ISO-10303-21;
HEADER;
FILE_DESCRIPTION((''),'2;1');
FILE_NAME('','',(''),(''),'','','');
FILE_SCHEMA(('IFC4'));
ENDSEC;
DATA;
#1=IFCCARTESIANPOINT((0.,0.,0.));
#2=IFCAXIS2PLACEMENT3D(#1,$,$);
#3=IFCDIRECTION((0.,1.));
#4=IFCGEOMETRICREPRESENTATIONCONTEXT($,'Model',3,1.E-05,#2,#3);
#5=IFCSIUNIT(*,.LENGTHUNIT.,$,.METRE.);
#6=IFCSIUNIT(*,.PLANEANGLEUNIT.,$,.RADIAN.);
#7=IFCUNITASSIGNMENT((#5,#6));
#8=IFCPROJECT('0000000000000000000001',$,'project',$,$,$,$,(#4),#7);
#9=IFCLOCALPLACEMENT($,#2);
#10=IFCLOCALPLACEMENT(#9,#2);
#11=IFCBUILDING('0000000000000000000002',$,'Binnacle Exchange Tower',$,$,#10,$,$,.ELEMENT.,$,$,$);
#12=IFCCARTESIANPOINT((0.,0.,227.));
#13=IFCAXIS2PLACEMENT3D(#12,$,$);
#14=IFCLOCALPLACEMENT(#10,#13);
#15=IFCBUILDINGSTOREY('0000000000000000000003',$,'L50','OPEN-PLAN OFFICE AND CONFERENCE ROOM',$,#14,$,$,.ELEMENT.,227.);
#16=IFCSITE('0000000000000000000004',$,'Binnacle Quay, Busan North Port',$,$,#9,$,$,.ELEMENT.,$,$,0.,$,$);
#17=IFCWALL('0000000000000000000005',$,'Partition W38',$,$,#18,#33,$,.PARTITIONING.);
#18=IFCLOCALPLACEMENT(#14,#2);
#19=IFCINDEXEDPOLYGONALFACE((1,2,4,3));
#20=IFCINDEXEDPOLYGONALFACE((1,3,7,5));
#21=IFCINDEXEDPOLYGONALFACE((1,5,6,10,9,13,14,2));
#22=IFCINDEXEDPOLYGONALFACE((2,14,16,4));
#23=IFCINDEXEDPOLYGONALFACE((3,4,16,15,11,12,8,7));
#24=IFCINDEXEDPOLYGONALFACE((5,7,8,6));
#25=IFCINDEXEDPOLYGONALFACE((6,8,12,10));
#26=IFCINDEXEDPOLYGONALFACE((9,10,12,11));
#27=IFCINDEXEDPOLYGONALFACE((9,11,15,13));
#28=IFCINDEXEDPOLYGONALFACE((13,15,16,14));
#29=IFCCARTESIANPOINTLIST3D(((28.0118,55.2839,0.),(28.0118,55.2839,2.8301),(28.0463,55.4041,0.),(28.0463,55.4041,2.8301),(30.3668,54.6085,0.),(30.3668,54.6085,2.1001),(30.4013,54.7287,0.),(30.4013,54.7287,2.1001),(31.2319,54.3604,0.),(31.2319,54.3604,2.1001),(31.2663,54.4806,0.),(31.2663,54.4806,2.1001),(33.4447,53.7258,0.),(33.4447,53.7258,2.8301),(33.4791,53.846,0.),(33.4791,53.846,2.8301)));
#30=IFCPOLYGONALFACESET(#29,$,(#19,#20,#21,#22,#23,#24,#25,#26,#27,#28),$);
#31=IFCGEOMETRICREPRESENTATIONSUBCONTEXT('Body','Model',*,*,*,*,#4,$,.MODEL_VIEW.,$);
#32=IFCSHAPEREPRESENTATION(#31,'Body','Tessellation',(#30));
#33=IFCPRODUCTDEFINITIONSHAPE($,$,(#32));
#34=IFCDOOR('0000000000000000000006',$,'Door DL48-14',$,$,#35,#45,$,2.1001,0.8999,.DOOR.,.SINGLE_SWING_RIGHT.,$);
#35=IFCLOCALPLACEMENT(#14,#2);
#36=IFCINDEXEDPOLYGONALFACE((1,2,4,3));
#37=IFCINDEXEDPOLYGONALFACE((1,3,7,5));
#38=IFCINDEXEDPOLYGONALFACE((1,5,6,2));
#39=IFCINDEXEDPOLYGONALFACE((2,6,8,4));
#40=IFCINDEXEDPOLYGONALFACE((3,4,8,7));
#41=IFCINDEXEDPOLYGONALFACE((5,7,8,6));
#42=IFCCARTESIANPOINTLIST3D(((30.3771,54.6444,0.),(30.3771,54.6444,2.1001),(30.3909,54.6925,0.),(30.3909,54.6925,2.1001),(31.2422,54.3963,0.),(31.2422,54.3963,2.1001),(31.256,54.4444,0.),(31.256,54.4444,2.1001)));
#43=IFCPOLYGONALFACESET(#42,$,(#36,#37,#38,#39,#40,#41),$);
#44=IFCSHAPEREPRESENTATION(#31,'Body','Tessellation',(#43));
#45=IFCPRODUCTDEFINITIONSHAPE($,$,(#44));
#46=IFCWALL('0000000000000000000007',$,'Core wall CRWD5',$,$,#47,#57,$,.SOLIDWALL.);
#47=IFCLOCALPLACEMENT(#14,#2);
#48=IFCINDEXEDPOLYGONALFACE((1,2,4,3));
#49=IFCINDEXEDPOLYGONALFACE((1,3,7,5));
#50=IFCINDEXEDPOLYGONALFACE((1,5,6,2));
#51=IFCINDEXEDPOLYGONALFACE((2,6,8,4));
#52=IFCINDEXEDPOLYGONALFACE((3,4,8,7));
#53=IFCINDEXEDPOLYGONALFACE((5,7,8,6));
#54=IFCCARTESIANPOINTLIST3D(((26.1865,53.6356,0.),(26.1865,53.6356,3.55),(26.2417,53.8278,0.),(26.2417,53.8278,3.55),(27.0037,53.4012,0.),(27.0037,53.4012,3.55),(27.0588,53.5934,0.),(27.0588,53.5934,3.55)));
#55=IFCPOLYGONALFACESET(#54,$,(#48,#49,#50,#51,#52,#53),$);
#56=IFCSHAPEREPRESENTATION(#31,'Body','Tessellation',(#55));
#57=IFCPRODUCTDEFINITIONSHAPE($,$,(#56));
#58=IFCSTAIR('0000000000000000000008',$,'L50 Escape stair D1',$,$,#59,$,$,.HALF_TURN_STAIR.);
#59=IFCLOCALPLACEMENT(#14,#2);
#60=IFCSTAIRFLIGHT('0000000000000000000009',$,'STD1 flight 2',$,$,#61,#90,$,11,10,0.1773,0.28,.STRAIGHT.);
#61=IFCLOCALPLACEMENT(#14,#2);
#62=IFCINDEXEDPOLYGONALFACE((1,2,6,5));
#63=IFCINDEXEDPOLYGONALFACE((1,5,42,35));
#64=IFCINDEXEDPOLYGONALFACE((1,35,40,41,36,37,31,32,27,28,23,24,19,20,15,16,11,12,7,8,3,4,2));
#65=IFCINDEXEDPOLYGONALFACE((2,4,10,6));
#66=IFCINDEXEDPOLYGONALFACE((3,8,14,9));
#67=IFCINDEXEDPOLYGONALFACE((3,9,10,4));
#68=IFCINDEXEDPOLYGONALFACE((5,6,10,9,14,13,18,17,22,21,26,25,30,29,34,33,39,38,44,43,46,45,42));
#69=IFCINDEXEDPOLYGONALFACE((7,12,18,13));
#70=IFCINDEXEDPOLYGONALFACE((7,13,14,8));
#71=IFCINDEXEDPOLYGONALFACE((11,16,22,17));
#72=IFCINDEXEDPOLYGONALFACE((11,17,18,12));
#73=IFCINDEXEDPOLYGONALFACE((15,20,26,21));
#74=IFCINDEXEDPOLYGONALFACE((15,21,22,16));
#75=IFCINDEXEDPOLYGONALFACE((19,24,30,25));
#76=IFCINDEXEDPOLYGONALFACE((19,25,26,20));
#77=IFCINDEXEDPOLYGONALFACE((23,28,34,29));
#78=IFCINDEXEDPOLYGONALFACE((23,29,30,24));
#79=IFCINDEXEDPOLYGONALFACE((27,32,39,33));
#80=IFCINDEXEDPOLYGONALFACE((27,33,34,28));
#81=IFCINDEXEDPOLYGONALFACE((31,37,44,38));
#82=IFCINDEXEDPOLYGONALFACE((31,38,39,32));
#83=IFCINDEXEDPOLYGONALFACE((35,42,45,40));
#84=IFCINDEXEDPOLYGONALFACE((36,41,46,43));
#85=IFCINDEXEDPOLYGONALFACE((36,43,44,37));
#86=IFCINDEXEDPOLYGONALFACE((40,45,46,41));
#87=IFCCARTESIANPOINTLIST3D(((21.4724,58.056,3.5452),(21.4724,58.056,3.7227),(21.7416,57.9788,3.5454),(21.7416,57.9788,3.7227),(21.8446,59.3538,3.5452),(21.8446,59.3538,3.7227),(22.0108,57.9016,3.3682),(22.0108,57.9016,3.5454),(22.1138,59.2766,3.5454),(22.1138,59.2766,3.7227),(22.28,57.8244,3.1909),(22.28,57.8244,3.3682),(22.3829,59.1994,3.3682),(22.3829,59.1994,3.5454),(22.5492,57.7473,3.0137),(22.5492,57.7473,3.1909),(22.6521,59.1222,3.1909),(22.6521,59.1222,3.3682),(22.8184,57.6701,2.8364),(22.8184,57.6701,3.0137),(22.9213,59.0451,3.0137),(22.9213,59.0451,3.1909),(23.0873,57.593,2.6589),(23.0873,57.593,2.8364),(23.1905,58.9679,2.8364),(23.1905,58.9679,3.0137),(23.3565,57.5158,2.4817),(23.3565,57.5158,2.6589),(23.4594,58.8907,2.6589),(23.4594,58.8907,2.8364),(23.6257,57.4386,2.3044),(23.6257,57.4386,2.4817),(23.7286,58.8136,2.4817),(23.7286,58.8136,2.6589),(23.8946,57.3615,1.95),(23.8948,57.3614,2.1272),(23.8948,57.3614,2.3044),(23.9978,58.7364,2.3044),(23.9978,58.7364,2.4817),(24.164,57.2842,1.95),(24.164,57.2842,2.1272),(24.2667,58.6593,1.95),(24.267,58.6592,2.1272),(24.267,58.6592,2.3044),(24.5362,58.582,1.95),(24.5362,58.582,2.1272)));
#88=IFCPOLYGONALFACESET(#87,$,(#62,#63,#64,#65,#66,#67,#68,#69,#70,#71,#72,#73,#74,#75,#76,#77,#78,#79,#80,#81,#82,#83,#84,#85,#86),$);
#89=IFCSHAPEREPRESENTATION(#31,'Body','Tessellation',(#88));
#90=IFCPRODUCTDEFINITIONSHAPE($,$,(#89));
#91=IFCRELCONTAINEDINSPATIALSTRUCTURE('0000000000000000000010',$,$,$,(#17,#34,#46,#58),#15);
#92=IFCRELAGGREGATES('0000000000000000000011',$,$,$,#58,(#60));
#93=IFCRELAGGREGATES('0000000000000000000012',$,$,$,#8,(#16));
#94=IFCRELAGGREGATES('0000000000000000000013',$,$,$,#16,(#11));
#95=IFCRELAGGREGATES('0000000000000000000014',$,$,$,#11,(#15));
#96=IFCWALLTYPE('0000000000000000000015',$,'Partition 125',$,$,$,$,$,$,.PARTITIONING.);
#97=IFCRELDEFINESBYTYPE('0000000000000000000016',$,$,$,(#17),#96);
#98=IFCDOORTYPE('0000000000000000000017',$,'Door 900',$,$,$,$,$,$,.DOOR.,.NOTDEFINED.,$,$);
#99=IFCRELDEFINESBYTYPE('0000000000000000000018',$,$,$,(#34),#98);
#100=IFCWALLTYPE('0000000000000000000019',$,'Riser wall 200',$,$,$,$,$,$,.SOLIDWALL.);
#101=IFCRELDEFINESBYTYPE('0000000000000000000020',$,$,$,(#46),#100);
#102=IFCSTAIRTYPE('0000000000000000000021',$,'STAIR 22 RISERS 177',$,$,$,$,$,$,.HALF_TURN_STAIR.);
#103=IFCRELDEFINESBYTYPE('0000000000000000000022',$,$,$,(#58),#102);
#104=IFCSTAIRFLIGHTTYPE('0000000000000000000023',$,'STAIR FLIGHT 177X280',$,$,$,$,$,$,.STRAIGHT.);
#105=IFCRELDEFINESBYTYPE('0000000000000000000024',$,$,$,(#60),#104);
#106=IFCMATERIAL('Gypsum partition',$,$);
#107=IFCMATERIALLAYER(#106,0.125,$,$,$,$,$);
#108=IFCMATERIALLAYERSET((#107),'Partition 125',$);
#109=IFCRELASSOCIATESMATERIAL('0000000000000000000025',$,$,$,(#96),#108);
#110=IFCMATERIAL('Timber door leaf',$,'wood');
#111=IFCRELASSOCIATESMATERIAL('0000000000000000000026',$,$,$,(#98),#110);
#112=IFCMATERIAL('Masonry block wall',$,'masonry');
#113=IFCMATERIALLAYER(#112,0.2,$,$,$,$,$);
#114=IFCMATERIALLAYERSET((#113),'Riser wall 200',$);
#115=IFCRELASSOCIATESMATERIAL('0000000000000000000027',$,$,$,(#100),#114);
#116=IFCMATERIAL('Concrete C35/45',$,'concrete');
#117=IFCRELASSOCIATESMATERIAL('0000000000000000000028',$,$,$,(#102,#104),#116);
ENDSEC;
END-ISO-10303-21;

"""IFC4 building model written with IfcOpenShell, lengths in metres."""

from ifc_helpers import new_model, si_unit, direction, frame, frame_2d, origin, place, context, subcontext, project, spatial, polyline, rectangle, outline, extrude, material, layer, layer_set, type_object, element, fill, aggregate, save


model = new_model("IFC4")

# Units and contexts
model_context = context("Model", 3, precision=1e-05, world=origin(), true_north=direction((0.0, 1.0)))
body_context = subcontext(model_context, "Body", "Model", "MODEL_VIEW")
ifc_project = project(units=[si_unit("LENGTHUNIT", "METRE"), si_unit("PLANEANGLEUNIT", "RADIAN")], contexts=[model_context])

# Site, building, storey
site_placement = place(None, origin())
site = spatial("IfcSite", under=ifc_project, at=site_placement, Name="Binnacle Quay, Busan North Port", CompositionType="ELEMENT", RefElevation=0.0)
building_placement = place(site_placement, origin())
building = spatial("IfcBuilding", under=site, at=building_placement, Name="Binnacle Exchange Tower", CompositionType="ELEMENT")
storey_placement = place(building_placement, frame((0.0, 0.0, 227.0)))
storey = spatial("IfcBuildingStorey", under=building, at=storey_placement, Name="L50", Description="OPEN-PLAN OFFICE AND CONFERENCE ROOM", CompositionType="ELEMENT", Elevation=227.0)

# Wall, opening, door
ifc_material_1 = material(Name="Gypsum partition")
ifc_layer_1 = layer(ifc_material_1, 0.125)
ifc_layer_set_1 = layer_set([ifc_layer_1], Name="Partition 125")
wall_type_1 = type_object("IfcWallType", Name="Partition 125", PredefinedType="PARTITIONING", material=ifc_layer_set_1)
wall_1_placement = place(storey_placement, frame((28.0291, 55.344, 0.0), z_axis=(0.0, 0.0, 1.0), x_axis=(0.96125, -0.275679, 0.0)))
wall_1 = element("IfcWall", 1, at=wall_1_placement, inside=storey, type_object=wall_type_1, Name="Partition W38", PredefinedType="PARTITIONING", context=body_context, shape_type="SweptSolid", body=[
    extrude(rectangle(XDim=5.6519, YDim=0.125, at=frame_2d((2.8259, 0.0))), origin(), (0.0, 0.0, 1.0), 2.8301),
])
opening_1_placement = place(wall_1_placement, frame((2.45, 0.0, 0.0)))
opening_1 = element("IfcOpeningElement", 2, at=opening_1_placement, cuts=wall_1, PredefinedType="OPENING", context=body_context, shape_type="SweptSolid", body=[
    extrude(rectangle(XDim=0.8999, YDim=2.1001, at=frame_2d((0.45, 1.05))), frame((0.0, 0.0725, 0.0), z_axis=(0.0, -1.0, 0.0), x_axis=(1.0, 0.0, 0.0)), (0.0, 0.0, 1.0), 0.145),
])
ifc_material_2 = material(Name="Timber door leaf", Category="wood")
door_type = type_object("IfcDoorType", Name="Door 900", OperationType="NOTDEFINED", PredefinedType="DOOR", material=ifc_material_2)
door_placement = place(opening_1_placement, origin())
door = element("IfcDoor", 3, at=door_placement, inside=storey, type_object=door_type, Name="Door DL48-14", OperationType="SINGLE_SWING_RIGHT", OverallHeight=2.1001, OverallWidth=0.8999, PredefinedType="DOOR", context=body_context, shape_type="SweptSolid", body=[
    extrude(rectangle(XDim=0.8999, YDim=2.1001, at=frame_2d((0.45, 1.05))), frame((0.0, 0.0249, 0.0), z_axis=(0.0, -1.0, 0.0), x_axis=(1.0, 0.0, 0.0)), (0.0, 0.0, 1.0), 0.05),
])
fill(opening_1, door)

# Wall
ifc_material_3 = material(Name="Masonry block wall", Category="masonry")
ifc_layer_2 = layer(ifc_material_3, 0.2)
ifc_layer_set_2 = layer_set([ifc_layer_2], Name="Riser wall 200")
wall_type_2 = type_object("IfcWallType", Name="Riser wall 200", PredefinedType="SOLIDWALL", material=ifc_layer_set_2)
wall_2_placement = place(storey_placement, frame((26.2141, 53.7317, 0.0), z_axis=(0.0, 0.0, 1.0), x_axis=(0.961242, -0.275707, 0.0)))
element("IfcWall", 4, at=wall_2_placement, inside=storey, type_object=wall_type_2, Name="Core wall CRWD5", PredefinedType="SOLIDWALL", context=body_context, shape_type="SweptSolid", body=[
    extrude(rectangle(XDim=0.8501, YDim=0.2, at=frame_2d((0.425, 0.0))), origin(), (0.0, 0.0, 1.0), 3.55),
])

# Stair, stair flight
ifc_material_4 = material(Name="Concrete C35/45", Category="concrete")
stair_type = type_object("IfcStairType", Name="STAIR 22 RISERS 177", PredefinedType="HALF_TURN_STAIR", material=ifc_material_4)
stair_placement = place(storey_placement, origin())
stair = element("IfcStair", 5, at=stair_placement, inside=storey, type_object=stair_type, Name="L50 Escape stair D1", PredefinedType="HALF_TURN_STAIR")
stair_flight_type = type_object("IfcStairFlightType", Name="STAIR FLIGHT 177X280", PredefinedType="STRAIGHT", material=ifc_material_4)
stair_flight_placement = place(storey_placement, frame((24.3501, 57.9331, 1.95), z_axis=(0.0, 0.0, 1.0), x_axis=(-0.961262, 0.275637, 0.0)))
stair_flight = element("IfcStairFlight", 6, at=stair_flight_placement, type_object=stair_flight_type, Name="STD1 flight 2", NumberOfRisers=11, NumberOfTreads=10, PredefinedType="STRAIGHT", RiserHeight=0.1773, TreadLength=0.28, context=body_context, shape_type="SweptSolid", body=[
    extrude(outline(polyline([(0.0, 0.0), (0.0, 0.1772), (0.28, 0.1772), (0.28, 0.3545), (0.5601, 0.3545), (0.5601, 0.5317), (0.8401, 0.5317), (0.8401, 0.709), (1.1201, 0.709), (1.1201, 0.8865), (1.3999, 0.8865), (1.3999, 1.0637), (1.6799, 1.0637), (1.6799, 1.241), (1.96, 1.241), (1.96, 1.4182), (2.24, 1.4182), (2.24, 1.5955), (2.52, 1.5955), (2.52, 1.7727), (2.8, 1.7727), (2.8, 1.95), (2.8, 1.5952), (0.2803, 0.0), (0.0, 0.0)])), frame((0.0, 0.675, 0.0), z_axis=(0.0, -1.0, 0.0), x_axis=(1.0, 0.0, 0.0)), (0.0, 0.0, 1.0), 1.3501),
])
aggregate(stair, [stair_flight])

save(model, "model.ifc")
